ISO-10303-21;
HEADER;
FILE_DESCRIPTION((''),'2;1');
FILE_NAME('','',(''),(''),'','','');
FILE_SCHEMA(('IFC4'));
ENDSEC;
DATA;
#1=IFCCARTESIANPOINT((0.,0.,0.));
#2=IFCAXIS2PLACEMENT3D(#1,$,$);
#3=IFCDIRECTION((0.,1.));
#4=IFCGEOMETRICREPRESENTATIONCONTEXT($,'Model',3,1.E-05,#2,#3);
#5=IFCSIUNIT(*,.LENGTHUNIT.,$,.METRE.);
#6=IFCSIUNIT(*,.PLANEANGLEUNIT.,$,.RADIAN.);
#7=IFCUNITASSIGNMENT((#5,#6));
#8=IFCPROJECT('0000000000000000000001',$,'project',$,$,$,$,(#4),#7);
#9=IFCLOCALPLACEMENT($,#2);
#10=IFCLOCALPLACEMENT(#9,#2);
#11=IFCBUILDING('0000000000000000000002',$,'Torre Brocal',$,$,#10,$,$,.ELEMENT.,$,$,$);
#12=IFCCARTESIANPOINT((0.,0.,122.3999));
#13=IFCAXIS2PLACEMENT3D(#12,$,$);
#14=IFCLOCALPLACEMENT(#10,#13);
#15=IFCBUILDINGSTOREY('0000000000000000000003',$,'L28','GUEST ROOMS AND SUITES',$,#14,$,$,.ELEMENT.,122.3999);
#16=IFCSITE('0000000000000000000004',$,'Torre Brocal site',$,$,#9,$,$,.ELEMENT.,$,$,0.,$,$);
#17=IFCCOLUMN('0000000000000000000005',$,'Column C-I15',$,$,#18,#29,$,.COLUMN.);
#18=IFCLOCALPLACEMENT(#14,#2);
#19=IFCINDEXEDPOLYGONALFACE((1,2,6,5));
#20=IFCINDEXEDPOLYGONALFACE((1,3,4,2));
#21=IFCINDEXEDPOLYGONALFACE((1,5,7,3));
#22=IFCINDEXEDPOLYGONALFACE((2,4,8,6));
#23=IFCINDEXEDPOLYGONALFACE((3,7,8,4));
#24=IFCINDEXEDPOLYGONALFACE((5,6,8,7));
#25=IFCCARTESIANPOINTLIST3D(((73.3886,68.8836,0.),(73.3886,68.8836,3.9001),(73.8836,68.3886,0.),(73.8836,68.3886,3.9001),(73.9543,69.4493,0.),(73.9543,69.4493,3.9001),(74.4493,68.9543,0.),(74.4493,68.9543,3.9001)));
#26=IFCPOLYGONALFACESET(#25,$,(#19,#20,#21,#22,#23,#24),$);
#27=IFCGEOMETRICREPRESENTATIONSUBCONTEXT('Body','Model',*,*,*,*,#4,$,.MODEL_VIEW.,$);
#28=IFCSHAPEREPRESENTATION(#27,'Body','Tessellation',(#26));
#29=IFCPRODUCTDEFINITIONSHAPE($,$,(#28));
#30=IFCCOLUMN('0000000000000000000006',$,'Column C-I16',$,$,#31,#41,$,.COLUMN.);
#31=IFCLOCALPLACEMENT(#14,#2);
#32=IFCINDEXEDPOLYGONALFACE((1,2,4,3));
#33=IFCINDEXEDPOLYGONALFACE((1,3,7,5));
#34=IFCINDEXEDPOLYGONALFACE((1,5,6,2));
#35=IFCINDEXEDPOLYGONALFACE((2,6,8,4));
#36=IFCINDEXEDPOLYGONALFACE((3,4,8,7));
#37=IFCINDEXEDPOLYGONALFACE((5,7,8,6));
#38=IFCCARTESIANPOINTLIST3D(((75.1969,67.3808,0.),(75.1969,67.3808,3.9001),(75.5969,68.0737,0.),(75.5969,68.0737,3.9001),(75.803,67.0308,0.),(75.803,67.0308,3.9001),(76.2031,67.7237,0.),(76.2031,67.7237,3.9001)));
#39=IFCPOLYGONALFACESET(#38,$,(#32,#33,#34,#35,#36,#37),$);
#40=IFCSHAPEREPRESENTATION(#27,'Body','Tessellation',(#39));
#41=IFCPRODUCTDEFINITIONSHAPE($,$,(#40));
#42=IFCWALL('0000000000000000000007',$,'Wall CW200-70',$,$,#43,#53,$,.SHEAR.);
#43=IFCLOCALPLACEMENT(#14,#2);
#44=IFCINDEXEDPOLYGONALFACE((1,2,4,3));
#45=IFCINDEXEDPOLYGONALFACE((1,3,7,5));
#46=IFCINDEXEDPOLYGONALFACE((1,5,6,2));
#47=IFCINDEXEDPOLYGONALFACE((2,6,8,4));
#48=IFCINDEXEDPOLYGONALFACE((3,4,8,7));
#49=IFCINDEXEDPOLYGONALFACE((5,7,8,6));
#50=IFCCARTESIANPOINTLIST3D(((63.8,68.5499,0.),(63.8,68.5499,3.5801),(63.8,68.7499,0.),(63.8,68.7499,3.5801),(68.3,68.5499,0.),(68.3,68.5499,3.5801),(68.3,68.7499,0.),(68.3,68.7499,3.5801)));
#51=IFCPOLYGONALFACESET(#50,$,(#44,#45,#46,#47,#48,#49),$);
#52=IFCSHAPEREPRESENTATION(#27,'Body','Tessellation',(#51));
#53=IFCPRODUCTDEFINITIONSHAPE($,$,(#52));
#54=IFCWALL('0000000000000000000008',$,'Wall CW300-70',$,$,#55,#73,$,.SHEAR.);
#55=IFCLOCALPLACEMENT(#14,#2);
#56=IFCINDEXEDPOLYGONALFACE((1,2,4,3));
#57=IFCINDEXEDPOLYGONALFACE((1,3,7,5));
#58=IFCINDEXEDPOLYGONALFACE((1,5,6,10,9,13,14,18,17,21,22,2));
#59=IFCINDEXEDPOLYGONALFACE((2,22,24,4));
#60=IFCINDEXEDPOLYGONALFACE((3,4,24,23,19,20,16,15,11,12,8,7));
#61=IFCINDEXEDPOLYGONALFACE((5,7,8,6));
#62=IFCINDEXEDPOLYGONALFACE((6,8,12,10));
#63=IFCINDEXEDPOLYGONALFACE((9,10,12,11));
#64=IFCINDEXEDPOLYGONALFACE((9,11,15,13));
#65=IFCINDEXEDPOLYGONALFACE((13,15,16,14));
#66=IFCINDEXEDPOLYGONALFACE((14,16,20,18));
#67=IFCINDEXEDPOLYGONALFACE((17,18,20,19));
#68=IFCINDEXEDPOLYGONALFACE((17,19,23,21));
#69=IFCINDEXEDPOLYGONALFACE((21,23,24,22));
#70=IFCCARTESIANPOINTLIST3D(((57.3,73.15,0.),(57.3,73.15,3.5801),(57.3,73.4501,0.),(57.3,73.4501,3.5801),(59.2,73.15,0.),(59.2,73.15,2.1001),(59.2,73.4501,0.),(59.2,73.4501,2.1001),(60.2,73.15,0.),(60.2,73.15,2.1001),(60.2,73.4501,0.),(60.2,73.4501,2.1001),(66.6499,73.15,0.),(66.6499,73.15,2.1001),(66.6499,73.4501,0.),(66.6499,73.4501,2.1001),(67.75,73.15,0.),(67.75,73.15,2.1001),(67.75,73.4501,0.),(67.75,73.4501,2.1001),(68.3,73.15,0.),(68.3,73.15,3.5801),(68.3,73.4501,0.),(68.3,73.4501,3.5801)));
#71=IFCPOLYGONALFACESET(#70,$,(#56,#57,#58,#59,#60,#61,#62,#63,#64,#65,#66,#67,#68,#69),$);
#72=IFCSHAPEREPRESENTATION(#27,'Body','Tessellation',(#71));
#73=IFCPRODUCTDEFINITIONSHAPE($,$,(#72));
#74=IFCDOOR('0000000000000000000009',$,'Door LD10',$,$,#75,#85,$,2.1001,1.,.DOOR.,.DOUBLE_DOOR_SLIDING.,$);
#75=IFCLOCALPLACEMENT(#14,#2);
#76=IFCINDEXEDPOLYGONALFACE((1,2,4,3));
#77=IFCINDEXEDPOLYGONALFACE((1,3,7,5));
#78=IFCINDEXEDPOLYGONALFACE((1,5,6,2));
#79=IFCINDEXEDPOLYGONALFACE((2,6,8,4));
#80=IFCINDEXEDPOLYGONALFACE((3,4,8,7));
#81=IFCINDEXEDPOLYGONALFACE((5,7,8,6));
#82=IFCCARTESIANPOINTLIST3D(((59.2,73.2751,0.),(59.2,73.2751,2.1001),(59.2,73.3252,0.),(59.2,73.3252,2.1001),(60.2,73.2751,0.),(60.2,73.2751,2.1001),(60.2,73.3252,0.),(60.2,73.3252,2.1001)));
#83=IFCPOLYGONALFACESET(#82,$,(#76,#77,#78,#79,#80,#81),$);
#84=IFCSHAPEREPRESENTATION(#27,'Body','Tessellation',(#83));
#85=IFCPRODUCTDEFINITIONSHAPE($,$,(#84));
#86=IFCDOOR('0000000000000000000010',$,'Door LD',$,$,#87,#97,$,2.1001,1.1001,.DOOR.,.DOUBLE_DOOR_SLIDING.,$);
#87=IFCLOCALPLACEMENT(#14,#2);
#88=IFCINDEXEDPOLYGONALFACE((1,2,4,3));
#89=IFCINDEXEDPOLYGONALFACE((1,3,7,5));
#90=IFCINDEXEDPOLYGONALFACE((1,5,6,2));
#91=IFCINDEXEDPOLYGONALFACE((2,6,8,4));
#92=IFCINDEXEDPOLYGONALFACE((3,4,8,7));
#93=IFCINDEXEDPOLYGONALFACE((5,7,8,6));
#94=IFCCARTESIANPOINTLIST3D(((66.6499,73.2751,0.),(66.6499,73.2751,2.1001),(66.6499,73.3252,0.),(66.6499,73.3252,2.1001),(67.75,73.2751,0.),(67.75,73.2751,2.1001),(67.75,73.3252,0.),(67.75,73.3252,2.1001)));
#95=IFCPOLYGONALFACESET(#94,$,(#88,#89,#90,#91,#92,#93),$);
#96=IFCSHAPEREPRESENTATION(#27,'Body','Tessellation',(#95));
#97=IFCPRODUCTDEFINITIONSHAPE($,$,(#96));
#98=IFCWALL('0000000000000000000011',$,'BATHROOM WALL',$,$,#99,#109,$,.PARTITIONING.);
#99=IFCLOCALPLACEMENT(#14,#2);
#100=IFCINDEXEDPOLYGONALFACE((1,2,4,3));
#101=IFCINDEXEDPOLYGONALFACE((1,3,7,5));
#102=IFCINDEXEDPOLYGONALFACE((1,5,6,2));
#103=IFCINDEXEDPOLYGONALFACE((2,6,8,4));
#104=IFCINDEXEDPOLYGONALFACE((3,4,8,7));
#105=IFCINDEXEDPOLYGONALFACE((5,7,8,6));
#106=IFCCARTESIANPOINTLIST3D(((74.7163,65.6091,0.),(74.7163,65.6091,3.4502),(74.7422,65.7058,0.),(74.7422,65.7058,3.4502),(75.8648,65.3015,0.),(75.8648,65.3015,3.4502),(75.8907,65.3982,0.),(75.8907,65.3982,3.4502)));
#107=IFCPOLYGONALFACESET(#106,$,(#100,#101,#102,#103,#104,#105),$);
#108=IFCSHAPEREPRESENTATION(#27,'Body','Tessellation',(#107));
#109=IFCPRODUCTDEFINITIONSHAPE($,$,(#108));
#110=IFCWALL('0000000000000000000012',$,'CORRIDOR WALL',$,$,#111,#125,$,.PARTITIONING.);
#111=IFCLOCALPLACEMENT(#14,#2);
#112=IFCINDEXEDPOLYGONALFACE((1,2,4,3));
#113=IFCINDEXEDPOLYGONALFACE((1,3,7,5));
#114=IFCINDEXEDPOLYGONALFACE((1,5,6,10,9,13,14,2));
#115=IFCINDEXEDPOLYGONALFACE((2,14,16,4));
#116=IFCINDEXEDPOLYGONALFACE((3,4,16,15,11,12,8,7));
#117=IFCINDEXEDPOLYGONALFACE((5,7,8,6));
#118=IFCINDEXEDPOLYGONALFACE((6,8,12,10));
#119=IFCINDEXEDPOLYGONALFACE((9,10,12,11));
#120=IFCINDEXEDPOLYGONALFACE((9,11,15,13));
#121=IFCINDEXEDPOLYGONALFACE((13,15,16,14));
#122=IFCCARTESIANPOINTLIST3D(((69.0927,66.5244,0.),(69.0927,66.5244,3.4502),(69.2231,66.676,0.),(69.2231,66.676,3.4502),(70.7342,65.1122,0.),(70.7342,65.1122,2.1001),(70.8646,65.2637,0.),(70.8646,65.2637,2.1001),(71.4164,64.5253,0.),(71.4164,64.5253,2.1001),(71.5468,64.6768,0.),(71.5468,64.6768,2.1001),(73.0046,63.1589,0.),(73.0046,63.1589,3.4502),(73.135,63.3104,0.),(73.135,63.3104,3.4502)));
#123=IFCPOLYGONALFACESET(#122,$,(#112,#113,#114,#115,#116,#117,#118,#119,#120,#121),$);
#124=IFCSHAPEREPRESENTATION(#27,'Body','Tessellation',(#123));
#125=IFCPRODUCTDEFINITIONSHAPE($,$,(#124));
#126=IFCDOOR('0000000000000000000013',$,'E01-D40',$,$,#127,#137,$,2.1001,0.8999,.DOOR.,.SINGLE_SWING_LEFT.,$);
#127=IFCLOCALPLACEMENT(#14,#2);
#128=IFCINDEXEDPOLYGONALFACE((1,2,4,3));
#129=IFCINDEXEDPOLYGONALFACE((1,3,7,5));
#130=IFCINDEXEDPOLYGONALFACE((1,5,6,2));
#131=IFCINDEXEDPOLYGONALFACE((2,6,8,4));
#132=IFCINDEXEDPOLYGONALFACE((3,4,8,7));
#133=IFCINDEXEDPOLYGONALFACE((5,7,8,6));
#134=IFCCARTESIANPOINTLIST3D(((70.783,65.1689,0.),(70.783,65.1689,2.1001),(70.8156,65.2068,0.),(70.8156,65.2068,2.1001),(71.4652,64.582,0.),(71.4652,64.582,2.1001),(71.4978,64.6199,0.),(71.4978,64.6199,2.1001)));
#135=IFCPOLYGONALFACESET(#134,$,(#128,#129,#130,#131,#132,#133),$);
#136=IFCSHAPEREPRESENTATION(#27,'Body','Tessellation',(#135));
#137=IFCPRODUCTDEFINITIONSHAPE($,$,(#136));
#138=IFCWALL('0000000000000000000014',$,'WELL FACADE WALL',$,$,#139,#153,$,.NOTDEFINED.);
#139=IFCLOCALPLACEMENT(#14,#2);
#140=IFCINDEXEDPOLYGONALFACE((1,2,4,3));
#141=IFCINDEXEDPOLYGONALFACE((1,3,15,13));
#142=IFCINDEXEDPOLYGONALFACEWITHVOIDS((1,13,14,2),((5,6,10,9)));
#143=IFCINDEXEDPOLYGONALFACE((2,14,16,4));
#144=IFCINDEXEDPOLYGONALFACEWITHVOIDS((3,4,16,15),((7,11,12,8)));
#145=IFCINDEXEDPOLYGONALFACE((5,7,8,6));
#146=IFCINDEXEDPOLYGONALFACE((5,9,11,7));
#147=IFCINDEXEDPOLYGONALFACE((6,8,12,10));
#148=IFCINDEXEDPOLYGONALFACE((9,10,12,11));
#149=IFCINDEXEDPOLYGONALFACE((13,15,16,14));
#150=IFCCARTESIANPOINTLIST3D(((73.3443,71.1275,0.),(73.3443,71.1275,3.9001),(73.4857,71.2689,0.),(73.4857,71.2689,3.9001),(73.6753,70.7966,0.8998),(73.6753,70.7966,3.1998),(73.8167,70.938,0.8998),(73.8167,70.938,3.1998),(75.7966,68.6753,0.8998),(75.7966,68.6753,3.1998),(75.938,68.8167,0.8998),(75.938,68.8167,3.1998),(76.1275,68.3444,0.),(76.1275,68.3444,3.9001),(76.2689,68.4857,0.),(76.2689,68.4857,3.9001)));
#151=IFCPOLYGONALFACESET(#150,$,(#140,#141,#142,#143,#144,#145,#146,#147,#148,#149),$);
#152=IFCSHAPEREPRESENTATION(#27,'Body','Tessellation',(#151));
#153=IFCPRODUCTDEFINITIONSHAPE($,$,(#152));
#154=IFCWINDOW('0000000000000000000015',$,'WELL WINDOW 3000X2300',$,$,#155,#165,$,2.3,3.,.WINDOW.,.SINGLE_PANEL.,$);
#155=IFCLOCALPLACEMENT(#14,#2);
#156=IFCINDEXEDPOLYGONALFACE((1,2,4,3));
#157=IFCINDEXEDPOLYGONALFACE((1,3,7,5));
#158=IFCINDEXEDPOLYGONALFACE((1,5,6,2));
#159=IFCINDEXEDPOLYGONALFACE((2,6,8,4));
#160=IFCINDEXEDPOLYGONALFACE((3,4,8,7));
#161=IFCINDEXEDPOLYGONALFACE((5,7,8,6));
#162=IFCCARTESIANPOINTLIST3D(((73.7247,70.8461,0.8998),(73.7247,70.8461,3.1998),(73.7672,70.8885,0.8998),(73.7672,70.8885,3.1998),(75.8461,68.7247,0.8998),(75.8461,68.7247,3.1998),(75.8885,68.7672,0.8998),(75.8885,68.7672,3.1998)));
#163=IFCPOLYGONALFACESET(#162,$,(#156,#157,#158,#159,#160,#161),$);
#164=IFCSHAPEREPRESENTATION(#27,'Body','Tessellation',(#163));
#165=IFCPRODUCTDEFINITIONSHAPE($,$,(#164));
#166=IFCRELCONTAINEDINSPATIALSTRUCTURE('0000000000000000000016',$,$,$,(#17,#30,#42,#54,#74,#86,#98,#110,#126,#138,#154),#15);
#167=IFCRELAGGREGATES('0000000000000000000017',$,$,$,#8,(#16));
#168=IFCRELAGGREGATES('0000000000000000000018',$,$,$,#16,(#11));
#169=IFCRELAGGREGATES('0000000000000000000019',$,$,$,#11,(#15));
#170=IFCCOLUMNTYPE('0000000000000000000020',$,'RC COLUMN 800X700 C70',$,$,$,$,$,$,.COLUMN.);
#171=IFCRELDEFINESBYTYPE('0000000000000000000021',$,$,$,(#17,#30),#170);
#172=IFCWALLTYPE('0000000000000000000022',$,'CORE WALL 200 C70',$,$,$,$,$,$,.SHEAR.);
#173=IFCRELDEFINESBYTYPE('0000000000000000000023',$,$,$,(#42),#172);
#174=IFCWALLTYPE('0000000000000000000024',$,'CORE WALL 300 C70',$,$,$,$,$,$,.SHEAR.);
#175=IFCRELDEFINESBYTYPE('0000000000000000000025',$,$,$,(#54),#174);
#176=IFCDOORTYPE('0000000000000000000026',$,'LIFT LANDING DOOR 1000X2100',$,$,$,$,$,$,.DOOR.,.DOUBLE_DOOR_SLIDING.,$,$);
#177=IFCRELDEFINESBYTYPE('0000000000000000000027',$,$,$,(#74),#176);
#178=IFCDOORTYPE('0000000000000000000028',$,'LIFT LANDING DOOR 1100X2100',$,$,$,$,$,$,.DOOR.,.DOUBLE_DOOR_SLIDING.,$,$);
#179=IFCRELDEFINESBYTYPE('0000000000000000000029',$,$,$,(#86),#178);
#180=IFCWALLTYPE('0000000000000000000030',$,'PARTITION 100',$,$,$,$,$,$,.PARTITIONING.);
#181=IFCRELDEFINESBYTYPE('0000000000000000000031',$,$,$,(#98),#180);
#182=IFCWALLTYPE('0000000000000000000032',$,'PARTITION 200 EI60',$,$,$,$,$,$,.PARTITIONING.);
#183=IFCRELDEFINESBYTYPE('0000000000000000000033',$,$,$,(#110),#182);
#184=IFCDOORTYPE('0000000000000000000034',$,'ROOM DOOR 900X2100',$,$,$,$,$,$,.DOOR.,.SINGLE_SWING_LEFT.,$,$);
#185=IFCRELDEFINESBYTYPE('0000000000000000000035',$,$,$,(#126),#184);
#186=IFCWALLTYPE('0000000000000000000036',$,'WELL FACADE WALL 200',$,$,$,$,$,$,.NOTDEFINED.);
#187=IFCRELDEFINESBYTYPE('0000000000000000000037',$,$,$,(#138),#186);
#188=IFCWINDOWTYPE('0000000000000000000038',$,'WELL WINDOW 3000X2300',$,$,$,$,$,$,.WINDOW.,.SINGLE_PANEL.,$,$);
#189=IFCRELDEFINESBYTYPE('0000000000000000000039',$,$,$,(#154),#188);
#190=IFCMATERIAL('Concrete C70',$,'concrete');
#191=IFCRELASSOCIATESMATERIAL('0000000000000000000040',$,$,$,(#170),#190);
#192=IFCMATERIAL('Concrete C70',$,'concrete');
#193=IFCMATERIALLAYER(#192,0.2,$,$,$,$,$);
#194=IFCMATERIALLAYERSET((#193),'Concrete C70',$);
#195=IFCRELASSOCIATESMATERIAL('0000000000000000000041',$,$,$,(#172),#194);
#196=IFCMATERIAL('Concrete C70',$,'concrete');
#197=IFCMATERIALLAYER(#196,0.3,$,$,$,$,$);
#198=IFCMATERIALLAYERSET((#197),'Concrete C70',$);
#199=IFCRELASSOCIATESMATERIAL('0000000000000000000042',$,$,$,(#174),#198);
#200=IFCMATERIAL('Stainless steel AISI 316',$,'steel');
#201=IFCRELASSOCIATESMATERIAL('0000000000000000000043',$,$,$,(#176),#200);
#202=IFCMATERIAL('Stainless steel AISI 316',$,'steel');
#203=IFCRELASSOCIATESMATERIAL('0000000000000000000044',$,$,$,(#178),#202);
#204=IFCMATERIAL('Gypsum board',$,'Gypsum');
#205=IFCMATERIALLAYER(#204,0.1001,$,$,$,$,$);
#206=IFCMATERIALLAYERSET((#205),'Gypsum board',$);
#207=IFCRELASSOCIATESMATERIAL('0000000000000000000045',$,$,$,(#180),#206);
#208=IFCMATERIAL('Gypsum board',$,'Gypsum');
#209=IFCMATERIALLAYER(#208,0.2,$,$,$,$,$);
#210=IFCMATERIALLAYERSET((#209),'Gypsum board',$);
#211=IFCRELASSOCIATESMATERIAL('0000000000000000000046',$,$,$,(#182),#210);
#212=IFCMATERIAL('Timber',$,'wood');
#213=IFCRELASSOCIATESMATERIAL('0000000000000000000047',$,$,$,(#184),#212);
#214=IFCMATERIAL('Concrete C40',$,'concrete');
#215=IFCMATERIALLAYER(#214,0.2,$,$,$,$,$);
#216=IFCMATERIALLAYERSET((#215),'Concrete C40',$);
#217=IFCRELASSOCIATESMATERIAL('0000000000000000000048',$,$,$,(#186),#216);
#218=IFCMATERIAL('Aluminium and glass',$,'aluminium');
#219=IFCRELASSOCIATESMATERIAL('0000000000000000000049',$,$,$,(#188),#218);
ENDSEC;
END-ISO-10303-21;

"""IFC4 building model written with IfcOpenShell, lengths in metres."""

from ifc_helpers import new_model, si_unit, direction, frame, frame_2d, origin, origin_2d, place, context, subcontext, project, spatial, rectangle, extrude, material, layer, layer_set, material_profile, profile_set, type_object, element, fill, save


model = new_model("IFC4")

# Units and contexts
model_context = context("Model", 3, precision=1e-05, world=origin(), true_north=direction((0.0, 1.0)))
body_context = subcontext(model_context, "Body", "Model", "MODEL_VIEW")
ifc_project = project(units=[si_unit("LENGTHUNIT", "METRE"), si_unit("PLANEANGLEUNIT", "RADIAN")], contexts=[model_context])

# Site, building, storey
site_placement = place(None, origin())
site = spatial("IfcSite", under=ifc_project, at=site_placement, Name="Torre Brocal site", CompositionType="ELEMENT", RefElevation=0.0)
building_placement = place(site_placement, origin())
building = spatial("IfcBuilding", under=site, at=building_placement, Name="Torre Brocal", CompositionType="ELEMENT")
storey_placement = place(building_placement, frame((0.0, 0.0, 122.3999)))
storey = spatial("IfcBuildingStorey", under=building, at=storey_placement, Name="L28", Description="GUEST ROOMS AND SUITES", CompositionType="ELEMENT", Elevation=122.3999)

# Columns
ifc_material_1 = material(Name="Concrete C70", Category="concrete")
ifc_material_profile = material_profile(ifc_material_1, rectangle(XDim=0.8, YDim=0.7, at=origin_2d()), Name="RC 800X700")
ifc_profile_set = profile_set([ifc_material_profile], Name="Concrete C70")
column_type = type_object("IfcColumnType", Name="RC COLUMN 800X700 C70", PredefinedType="COLUMN", material=ifc_profile_set)
for number, where, z_axis, x_axis, name in (
    (1, (73.9189, 68.9189, 0.0), (0.0, 0.0, 1.0), (-0.707107, -0.707107, 0.0), "Column C-I15"),
    (2, (75.7, 67.5522, 0.0), (0.0, 0.0, 1.0), (-0.5, -0.866025, 0.0), "Column C-I16"),
):
    element("IfcColumn", number, at=place(storey_placement, frame(where, z_axis=z_axis, x_axis=x_axis)), inside=storey, type_object=column_type, Name=name, PredefinedType="COLUMN", context=body_context, shape_type="SweptSolid", body=[
        extrude(rectangle(XDim=0.8, YDim=0.7, at=origin_2d()), origin(), (0.0, 0.0, 1.0), 3.9001),
    ])

# Wall
ifc_material_2 = material(Name="Concrete C70", Category="concrete")
ifc_layer_1 = layer(ifc_material_2, 0.2)
ifc_layer_set_1 = layer_set([ifc_layer_1], Name="Concrete C70")
wall_type_1 = type_object("IfcWallType", Name="CORE WALL 200 C70", PredefinedType="SHEAR", material=ifc_layer_set_1)
wall_1_placement = place(storey_placement, frame((68.3, 68.6499, 0.0), z_axis=(0.0, 0.0, 1.0), x_axis=(-1.0, 0.0, 0.0)))
element("IfcWall", 3, at=wall_1_placement, inside=storey, type_object=wall_type_1, Name="Wall CW200-70", PredefinedType="SHEAR", context=body_context, shape_type="SweptSolid", body=[
    extrude(rectangle(XDim=4.5, YDim=0.2, at=frame_2d((2.25, 0.0))), origin(), (0.0, 0.0, 1.0), 3.5801),
])

# Wall, openings, doors
ifc_material_3 = material(Name="Concrete C70", Category="concrete")
ifc_layer_2 = layer(ifc_material_3, 0.3)
ifc_layer_set_2 = layer_set([ifc_layer_2], Name="Concrete C70")
wall_type_2 = type_object("IfcWallType", Name="CORE WALL 300 C70", PredefinedType="SHEAR", material=ifc_layer_set_2)
wall_2_placement = place(storey_placement, frame((68.3, 73.3, 0.0), z_axis=(0.0, 0.0, 1.0), x_axis=(-1.0, 0.0, 0.0)))
wall_2 = element("IfcWall", 4, at=wall_2_placement, inside=storey, type_object=wall_type_2, Name="Wall CW300-70", PredefinedType="SHEAR", context=body_context, shape_type="SweptSolid", body=[
    extrude(rectangle(XDim=11.0, YDim=0.3, at=frame_2d((5.5, 0.0))), origin(), (0.0, 0.0, 1.0), 3.5801),
])
opening_1_placement = place(wall_2_placement, frame((0.55, 0.0, 0.0)))
opening_1 = element("IfcOpeningElement", 5, at=opening_1_placement, cuts=wall_2, PredefinedType="OPENING", context=body_context, shape_type="SweptSolid", body=[
    extrude(rectangle(XDim=1.1001, YDim=2.1001, at=frame_2d((0.55, 1.05))), frame((0.0, 0.1599, 0.0), z_axis=(0.0, -1.0, 0.0), x_axis=(1.0, 0.0, 0.0)), (0.0, 0.0, 1.0), 0.3201),
])
opening_2_placement = place(wall_2_placement, frame((8.1001, 0.0, 0.0)))
opening_2 = element("IfcOpeningElement", 6, at=opening_2_placement, cuts=wall_2, PredefinedType="OPENING", context=body_context, shape_type="SweptSolid", body=[
    extrude(rectangle(XDim=1.0, YDim=2.1001, at=frame_2d((0.5, 1.05))), frame((0.0, 0.1599, 0.0), z_axis=(0.0, -1.0, 0.0), x_axis=(1.0, 0.0, 0.0)), (0.0, 0.0, 1.0), 0.3201),
])
ifc_material_4 = material(Name="Stainless steel AISI 316", Category="steel")
door_type_1 = type_object("IfcDoorType", Name="LIFT LANDING DOOR 1000X2100", OperationType="DOUBLE_DOOR_SLIDING", PredefinedType="DOOR", material=ifc_material_4)
door_1_placement = place(opening_2_placement, origin())
door_1 = element("IfcDoor", 7, at=door_1_placement, inside=storey, type_object=door_type_1, Name="Door LD10", OperationType="DOUBLE_DOOR_SLIDING", OverallHeight=2.1001, OverallWidth=1.0, PredefinedType="DOOR", context=body_context, shape_type="SweptSolid", body=[
    extrude(rectangle(XDim=1.0, YDim=2.1001, at=frame_2d((0.5, 1.05))), frame((0.0, 0.0249, 0.0), z_axis=(0.0, -1.0, 0.0), x_axis=(1.0, 0.0, 0.0)), (0.0, 0.0, 1.0), 0.05),
])
fill(opening_2, door_1)
ifc_material_5 = material(Name="Stainless steel AISI 316", Category="steel")
door_type_2 = type_object("IfcDoorType", Name="LIFT LANDING DOOR 1100X2100", OperationType="DOUBLE_DOOR_SLIDING", PredefinedType="DOOR", material=ifc_material_5)
door_2_placement = place(opening_1_placement, origin())
door_2 = element("IfcDoor", 8, at=door_2_placement, inside=storey, type_object=door_type_2, Name="Door LD", OperationType="DOUBLE_DOOR_SLIDING", OverallHeight=2.1001, OverallWidth=1.1001, PredefinedType="DOOR", context=body_context, shape_type="SweptSolid", body=[
    extrude(rectangle(XDim=1.1001, YDim=2.1001, at=frame_2d((0.55, 1.05))), frame((0.0, 0.0249, 0.0), z_axis=(0.0, -1.0, 0.0), x_axis=(1.0, 0.0, 0.0)), (0.0, 0.0, 1.0), 0.05),
])
fill(opening_1, door_2)

# Wall
ifc_material_6 = material(Name="Gypsum board", Category="Gypsum")
ifc_layer_3 = layer(ifc_material_6, 0.1001)
ifc_layer_set_3 = layer_set([ifc_layer_3], Name="Gypsum board")
wall_type_3 = type_object("IfcWallType", Name="PARTITION 100", PredefinedType="PARTITIONING", material=ifc_layer_set_3)
wall_3_placement = place(storey_placement, frame((74.7292, 65.6575, 0.0), z_axis=(0.0, 0.0, 1.0), x_axis=(0.965948, -0.258736, 0.0)))
element("IfcWall", 9, at=wall_3_placement, inside=storey, type_object=wall_type_3, Name="BATHROOM WALL", PredefinedType="PARTITIONING", context=body_context, shape_type="SweptSolid", body=[
    extrude(rectangle(XDim=1.189, YDim=0.1001, at=frame_2d((0.5945, 0.0))), origin(), (0.0, 0.0, 1.0), 3.4502),
])

# Wall, opening, door
ifc_material_7 = material(Name="Gypsum board", Category="Gypsum")
ifc_layer_4 = layer(ifc_material_7, 0.2)
ifc_layer_set_4 = layer_set([ifc_layer_4], Name="Gypsum board")
wall_type_4 = type_object("IfcWallType", Name="PARTITION 200 EI60", PredefinedType="PARTITIONING", material=ifc_layer_set_4)
wall_4_placement = place(storey_placement, frame((69.158, 66.6001, 0.0), z_axis=(0.0, 0.0, 1.0), x_axis=(0.758063, -0.652181, 0.0)))
wall_4 = element("IfcWall", 10, at=wall_4_placement, inside=storey, type_object=wall_type_4, Name="CORRIDOR WALL", PredefinedType="PARTITIONING", context=body_context, shape_type="SweptSolid", body=[
    extrude(rectangle(XDim=5.1604, YDim=0.2, at=frame_2d((2.5801, 0.0))), origin(), (0.0, 0.0, 1.0), 3.4502),
])
opening_3_placement = place(wall_4_placement, frame((2.1653, 0.0, 0.0)))
opening_3 = element("IfcOpeningElement", 11, at=opening_3_placement, cuts=wall_4, PredefinedType="OPENING", context=body_context, shape_type="SweptSolid", body=[
    extrude(rectangle(XDim=0.8999, YDim=2.1001, at=frame_2d((0.45, 1.05))), frame((0.0, 0.1099, 0.0), z_axis=(0.0, -1.0, 0.0), x_axis=(1.0, 0.0, 0.0)), (0.0, 0.0, 1.0), 0.22),
])
ifc_material_8 = material(Name="Timber", Category="wood")
door_type_3 = type_object("IfcDoorType", Name="ROOM DOOR 900X2100", OperationType="SINGLE_SWING_LEFT", PredefinedType="DOOR", material=ifc_material_8)
door_3_placement = place(opening_3_placement, origin())
door_3 = element("IfcDoor", 12, at=door_3_placement, inside=storey, type_object=door_type_3, Name="E01-D40", OperationType="SINGLE_SWING_LEFT", OverallHeight=2.1001, OverallWidth=0.8999, PredefinedType="DOOR", context=body_context, shape_type="SweptSolid", body=[
    extrude(rectangle(XDim=0.8999, YDim=2.1001, at=frame_2d((0.45, 1.05))), frame((0.0, 0.0249, 0.0), z_axis=(0.0, -1.0, 0.0), x_axis=(1.0, 0.0, 0.0)), (0.0, 0.0, 1.0), 0.05),
])
fill(opening_3, door_3)

# Wall, opening, window
ifc_material_9 = material(Name="Concrete C40", Category="concrete")
ifc_layer_5 = layer(ifc_material_9, 0.2)
ifc_layer_set_5 = layer_set([ifc_layer_5], Name="Concrete C40")
wall_type_5 = type_object("IfcWallType", Name="WELL FACADE WALL 200", PredefinedType="NOTDEFINED", material=ifc_layer_set_5)
wall_5_placement = place(storey_placement, frame((73.415, 71.1982, 0.0), z_axis=(0.0, 0.0, 1.0), x_axis=(0.707107, -0.707107, 0.0)))
wall_5 = element("IfcWall", 13, at=wall_5_placement, inside=storey, type_object=wall_type_5, Name="WELL FACADE WALL", PredefinedType="NOTDEFINED", context=body_context, shape_type="SweptSolid", body=[
    extrude(rectangle(XDim=3.936, YDim=0.2, at=frame_2d((1.968, 0.0))), origin(), (0.0, 0.0, 1.0), 3.9001),
])
opening_4_placement = place(wall_5_placement, frame((0.468, 0.0, 0.8999)))
opening_4 = element("IfcOpeningElement", 14, at=opening_4_placement, cuts=wall_5, PredefinedType="OPENING", context=body_context, shape_type="SweptSolid", body=[
    extrude(rectangle(XDim=3.0, YDim=2.3, at=frame_2d((1.5, 1.1499))), frame((0.0, 0.1099, 0.0), z_axis=(0.0, -1.0, 0.0), x_axis=(1.0, 0.0, 0.0)), (0.0, 0.0, 1.0), 0.22),
])
ifc_material_10 = material(Name="Aluminium and glass", Category="aluminium")
window_type = type_object("IfcWindowType", Name="WELL WINDOW 3000X2300", PartitioningType="SINGLE_PANEL", PredefinedType="WINDOW", material=ifc_material_10)
window_1_placement = place(opening_4_placement, origin())
window_1 = element("IfcWindow", 15, at=window_1_placement, inside=storey, type_object=window_type, Name="WELL WINDOW 3000X2300", OverallHeight=2.3, OverallWidth=3.0, PartitioningType="SINGLE_PANEL", PredefinedType="WINDOW", context=body_context, shape_type="SweptSolid", body=[
    extrude(rectangle(XDim=3.0, YDim=2.3, at=frame_2d((1.5, 1.1499))), frame((0.0, 0.03, 0.0), z_axis=(0.0, -1.0, 0.0), x_axis=(1.0, 0.0, 0.0)), (0.0, 0.0, 1.0), 0.0601),
])
fill(opening_4, window_1)

save(model, "model.ifc")
